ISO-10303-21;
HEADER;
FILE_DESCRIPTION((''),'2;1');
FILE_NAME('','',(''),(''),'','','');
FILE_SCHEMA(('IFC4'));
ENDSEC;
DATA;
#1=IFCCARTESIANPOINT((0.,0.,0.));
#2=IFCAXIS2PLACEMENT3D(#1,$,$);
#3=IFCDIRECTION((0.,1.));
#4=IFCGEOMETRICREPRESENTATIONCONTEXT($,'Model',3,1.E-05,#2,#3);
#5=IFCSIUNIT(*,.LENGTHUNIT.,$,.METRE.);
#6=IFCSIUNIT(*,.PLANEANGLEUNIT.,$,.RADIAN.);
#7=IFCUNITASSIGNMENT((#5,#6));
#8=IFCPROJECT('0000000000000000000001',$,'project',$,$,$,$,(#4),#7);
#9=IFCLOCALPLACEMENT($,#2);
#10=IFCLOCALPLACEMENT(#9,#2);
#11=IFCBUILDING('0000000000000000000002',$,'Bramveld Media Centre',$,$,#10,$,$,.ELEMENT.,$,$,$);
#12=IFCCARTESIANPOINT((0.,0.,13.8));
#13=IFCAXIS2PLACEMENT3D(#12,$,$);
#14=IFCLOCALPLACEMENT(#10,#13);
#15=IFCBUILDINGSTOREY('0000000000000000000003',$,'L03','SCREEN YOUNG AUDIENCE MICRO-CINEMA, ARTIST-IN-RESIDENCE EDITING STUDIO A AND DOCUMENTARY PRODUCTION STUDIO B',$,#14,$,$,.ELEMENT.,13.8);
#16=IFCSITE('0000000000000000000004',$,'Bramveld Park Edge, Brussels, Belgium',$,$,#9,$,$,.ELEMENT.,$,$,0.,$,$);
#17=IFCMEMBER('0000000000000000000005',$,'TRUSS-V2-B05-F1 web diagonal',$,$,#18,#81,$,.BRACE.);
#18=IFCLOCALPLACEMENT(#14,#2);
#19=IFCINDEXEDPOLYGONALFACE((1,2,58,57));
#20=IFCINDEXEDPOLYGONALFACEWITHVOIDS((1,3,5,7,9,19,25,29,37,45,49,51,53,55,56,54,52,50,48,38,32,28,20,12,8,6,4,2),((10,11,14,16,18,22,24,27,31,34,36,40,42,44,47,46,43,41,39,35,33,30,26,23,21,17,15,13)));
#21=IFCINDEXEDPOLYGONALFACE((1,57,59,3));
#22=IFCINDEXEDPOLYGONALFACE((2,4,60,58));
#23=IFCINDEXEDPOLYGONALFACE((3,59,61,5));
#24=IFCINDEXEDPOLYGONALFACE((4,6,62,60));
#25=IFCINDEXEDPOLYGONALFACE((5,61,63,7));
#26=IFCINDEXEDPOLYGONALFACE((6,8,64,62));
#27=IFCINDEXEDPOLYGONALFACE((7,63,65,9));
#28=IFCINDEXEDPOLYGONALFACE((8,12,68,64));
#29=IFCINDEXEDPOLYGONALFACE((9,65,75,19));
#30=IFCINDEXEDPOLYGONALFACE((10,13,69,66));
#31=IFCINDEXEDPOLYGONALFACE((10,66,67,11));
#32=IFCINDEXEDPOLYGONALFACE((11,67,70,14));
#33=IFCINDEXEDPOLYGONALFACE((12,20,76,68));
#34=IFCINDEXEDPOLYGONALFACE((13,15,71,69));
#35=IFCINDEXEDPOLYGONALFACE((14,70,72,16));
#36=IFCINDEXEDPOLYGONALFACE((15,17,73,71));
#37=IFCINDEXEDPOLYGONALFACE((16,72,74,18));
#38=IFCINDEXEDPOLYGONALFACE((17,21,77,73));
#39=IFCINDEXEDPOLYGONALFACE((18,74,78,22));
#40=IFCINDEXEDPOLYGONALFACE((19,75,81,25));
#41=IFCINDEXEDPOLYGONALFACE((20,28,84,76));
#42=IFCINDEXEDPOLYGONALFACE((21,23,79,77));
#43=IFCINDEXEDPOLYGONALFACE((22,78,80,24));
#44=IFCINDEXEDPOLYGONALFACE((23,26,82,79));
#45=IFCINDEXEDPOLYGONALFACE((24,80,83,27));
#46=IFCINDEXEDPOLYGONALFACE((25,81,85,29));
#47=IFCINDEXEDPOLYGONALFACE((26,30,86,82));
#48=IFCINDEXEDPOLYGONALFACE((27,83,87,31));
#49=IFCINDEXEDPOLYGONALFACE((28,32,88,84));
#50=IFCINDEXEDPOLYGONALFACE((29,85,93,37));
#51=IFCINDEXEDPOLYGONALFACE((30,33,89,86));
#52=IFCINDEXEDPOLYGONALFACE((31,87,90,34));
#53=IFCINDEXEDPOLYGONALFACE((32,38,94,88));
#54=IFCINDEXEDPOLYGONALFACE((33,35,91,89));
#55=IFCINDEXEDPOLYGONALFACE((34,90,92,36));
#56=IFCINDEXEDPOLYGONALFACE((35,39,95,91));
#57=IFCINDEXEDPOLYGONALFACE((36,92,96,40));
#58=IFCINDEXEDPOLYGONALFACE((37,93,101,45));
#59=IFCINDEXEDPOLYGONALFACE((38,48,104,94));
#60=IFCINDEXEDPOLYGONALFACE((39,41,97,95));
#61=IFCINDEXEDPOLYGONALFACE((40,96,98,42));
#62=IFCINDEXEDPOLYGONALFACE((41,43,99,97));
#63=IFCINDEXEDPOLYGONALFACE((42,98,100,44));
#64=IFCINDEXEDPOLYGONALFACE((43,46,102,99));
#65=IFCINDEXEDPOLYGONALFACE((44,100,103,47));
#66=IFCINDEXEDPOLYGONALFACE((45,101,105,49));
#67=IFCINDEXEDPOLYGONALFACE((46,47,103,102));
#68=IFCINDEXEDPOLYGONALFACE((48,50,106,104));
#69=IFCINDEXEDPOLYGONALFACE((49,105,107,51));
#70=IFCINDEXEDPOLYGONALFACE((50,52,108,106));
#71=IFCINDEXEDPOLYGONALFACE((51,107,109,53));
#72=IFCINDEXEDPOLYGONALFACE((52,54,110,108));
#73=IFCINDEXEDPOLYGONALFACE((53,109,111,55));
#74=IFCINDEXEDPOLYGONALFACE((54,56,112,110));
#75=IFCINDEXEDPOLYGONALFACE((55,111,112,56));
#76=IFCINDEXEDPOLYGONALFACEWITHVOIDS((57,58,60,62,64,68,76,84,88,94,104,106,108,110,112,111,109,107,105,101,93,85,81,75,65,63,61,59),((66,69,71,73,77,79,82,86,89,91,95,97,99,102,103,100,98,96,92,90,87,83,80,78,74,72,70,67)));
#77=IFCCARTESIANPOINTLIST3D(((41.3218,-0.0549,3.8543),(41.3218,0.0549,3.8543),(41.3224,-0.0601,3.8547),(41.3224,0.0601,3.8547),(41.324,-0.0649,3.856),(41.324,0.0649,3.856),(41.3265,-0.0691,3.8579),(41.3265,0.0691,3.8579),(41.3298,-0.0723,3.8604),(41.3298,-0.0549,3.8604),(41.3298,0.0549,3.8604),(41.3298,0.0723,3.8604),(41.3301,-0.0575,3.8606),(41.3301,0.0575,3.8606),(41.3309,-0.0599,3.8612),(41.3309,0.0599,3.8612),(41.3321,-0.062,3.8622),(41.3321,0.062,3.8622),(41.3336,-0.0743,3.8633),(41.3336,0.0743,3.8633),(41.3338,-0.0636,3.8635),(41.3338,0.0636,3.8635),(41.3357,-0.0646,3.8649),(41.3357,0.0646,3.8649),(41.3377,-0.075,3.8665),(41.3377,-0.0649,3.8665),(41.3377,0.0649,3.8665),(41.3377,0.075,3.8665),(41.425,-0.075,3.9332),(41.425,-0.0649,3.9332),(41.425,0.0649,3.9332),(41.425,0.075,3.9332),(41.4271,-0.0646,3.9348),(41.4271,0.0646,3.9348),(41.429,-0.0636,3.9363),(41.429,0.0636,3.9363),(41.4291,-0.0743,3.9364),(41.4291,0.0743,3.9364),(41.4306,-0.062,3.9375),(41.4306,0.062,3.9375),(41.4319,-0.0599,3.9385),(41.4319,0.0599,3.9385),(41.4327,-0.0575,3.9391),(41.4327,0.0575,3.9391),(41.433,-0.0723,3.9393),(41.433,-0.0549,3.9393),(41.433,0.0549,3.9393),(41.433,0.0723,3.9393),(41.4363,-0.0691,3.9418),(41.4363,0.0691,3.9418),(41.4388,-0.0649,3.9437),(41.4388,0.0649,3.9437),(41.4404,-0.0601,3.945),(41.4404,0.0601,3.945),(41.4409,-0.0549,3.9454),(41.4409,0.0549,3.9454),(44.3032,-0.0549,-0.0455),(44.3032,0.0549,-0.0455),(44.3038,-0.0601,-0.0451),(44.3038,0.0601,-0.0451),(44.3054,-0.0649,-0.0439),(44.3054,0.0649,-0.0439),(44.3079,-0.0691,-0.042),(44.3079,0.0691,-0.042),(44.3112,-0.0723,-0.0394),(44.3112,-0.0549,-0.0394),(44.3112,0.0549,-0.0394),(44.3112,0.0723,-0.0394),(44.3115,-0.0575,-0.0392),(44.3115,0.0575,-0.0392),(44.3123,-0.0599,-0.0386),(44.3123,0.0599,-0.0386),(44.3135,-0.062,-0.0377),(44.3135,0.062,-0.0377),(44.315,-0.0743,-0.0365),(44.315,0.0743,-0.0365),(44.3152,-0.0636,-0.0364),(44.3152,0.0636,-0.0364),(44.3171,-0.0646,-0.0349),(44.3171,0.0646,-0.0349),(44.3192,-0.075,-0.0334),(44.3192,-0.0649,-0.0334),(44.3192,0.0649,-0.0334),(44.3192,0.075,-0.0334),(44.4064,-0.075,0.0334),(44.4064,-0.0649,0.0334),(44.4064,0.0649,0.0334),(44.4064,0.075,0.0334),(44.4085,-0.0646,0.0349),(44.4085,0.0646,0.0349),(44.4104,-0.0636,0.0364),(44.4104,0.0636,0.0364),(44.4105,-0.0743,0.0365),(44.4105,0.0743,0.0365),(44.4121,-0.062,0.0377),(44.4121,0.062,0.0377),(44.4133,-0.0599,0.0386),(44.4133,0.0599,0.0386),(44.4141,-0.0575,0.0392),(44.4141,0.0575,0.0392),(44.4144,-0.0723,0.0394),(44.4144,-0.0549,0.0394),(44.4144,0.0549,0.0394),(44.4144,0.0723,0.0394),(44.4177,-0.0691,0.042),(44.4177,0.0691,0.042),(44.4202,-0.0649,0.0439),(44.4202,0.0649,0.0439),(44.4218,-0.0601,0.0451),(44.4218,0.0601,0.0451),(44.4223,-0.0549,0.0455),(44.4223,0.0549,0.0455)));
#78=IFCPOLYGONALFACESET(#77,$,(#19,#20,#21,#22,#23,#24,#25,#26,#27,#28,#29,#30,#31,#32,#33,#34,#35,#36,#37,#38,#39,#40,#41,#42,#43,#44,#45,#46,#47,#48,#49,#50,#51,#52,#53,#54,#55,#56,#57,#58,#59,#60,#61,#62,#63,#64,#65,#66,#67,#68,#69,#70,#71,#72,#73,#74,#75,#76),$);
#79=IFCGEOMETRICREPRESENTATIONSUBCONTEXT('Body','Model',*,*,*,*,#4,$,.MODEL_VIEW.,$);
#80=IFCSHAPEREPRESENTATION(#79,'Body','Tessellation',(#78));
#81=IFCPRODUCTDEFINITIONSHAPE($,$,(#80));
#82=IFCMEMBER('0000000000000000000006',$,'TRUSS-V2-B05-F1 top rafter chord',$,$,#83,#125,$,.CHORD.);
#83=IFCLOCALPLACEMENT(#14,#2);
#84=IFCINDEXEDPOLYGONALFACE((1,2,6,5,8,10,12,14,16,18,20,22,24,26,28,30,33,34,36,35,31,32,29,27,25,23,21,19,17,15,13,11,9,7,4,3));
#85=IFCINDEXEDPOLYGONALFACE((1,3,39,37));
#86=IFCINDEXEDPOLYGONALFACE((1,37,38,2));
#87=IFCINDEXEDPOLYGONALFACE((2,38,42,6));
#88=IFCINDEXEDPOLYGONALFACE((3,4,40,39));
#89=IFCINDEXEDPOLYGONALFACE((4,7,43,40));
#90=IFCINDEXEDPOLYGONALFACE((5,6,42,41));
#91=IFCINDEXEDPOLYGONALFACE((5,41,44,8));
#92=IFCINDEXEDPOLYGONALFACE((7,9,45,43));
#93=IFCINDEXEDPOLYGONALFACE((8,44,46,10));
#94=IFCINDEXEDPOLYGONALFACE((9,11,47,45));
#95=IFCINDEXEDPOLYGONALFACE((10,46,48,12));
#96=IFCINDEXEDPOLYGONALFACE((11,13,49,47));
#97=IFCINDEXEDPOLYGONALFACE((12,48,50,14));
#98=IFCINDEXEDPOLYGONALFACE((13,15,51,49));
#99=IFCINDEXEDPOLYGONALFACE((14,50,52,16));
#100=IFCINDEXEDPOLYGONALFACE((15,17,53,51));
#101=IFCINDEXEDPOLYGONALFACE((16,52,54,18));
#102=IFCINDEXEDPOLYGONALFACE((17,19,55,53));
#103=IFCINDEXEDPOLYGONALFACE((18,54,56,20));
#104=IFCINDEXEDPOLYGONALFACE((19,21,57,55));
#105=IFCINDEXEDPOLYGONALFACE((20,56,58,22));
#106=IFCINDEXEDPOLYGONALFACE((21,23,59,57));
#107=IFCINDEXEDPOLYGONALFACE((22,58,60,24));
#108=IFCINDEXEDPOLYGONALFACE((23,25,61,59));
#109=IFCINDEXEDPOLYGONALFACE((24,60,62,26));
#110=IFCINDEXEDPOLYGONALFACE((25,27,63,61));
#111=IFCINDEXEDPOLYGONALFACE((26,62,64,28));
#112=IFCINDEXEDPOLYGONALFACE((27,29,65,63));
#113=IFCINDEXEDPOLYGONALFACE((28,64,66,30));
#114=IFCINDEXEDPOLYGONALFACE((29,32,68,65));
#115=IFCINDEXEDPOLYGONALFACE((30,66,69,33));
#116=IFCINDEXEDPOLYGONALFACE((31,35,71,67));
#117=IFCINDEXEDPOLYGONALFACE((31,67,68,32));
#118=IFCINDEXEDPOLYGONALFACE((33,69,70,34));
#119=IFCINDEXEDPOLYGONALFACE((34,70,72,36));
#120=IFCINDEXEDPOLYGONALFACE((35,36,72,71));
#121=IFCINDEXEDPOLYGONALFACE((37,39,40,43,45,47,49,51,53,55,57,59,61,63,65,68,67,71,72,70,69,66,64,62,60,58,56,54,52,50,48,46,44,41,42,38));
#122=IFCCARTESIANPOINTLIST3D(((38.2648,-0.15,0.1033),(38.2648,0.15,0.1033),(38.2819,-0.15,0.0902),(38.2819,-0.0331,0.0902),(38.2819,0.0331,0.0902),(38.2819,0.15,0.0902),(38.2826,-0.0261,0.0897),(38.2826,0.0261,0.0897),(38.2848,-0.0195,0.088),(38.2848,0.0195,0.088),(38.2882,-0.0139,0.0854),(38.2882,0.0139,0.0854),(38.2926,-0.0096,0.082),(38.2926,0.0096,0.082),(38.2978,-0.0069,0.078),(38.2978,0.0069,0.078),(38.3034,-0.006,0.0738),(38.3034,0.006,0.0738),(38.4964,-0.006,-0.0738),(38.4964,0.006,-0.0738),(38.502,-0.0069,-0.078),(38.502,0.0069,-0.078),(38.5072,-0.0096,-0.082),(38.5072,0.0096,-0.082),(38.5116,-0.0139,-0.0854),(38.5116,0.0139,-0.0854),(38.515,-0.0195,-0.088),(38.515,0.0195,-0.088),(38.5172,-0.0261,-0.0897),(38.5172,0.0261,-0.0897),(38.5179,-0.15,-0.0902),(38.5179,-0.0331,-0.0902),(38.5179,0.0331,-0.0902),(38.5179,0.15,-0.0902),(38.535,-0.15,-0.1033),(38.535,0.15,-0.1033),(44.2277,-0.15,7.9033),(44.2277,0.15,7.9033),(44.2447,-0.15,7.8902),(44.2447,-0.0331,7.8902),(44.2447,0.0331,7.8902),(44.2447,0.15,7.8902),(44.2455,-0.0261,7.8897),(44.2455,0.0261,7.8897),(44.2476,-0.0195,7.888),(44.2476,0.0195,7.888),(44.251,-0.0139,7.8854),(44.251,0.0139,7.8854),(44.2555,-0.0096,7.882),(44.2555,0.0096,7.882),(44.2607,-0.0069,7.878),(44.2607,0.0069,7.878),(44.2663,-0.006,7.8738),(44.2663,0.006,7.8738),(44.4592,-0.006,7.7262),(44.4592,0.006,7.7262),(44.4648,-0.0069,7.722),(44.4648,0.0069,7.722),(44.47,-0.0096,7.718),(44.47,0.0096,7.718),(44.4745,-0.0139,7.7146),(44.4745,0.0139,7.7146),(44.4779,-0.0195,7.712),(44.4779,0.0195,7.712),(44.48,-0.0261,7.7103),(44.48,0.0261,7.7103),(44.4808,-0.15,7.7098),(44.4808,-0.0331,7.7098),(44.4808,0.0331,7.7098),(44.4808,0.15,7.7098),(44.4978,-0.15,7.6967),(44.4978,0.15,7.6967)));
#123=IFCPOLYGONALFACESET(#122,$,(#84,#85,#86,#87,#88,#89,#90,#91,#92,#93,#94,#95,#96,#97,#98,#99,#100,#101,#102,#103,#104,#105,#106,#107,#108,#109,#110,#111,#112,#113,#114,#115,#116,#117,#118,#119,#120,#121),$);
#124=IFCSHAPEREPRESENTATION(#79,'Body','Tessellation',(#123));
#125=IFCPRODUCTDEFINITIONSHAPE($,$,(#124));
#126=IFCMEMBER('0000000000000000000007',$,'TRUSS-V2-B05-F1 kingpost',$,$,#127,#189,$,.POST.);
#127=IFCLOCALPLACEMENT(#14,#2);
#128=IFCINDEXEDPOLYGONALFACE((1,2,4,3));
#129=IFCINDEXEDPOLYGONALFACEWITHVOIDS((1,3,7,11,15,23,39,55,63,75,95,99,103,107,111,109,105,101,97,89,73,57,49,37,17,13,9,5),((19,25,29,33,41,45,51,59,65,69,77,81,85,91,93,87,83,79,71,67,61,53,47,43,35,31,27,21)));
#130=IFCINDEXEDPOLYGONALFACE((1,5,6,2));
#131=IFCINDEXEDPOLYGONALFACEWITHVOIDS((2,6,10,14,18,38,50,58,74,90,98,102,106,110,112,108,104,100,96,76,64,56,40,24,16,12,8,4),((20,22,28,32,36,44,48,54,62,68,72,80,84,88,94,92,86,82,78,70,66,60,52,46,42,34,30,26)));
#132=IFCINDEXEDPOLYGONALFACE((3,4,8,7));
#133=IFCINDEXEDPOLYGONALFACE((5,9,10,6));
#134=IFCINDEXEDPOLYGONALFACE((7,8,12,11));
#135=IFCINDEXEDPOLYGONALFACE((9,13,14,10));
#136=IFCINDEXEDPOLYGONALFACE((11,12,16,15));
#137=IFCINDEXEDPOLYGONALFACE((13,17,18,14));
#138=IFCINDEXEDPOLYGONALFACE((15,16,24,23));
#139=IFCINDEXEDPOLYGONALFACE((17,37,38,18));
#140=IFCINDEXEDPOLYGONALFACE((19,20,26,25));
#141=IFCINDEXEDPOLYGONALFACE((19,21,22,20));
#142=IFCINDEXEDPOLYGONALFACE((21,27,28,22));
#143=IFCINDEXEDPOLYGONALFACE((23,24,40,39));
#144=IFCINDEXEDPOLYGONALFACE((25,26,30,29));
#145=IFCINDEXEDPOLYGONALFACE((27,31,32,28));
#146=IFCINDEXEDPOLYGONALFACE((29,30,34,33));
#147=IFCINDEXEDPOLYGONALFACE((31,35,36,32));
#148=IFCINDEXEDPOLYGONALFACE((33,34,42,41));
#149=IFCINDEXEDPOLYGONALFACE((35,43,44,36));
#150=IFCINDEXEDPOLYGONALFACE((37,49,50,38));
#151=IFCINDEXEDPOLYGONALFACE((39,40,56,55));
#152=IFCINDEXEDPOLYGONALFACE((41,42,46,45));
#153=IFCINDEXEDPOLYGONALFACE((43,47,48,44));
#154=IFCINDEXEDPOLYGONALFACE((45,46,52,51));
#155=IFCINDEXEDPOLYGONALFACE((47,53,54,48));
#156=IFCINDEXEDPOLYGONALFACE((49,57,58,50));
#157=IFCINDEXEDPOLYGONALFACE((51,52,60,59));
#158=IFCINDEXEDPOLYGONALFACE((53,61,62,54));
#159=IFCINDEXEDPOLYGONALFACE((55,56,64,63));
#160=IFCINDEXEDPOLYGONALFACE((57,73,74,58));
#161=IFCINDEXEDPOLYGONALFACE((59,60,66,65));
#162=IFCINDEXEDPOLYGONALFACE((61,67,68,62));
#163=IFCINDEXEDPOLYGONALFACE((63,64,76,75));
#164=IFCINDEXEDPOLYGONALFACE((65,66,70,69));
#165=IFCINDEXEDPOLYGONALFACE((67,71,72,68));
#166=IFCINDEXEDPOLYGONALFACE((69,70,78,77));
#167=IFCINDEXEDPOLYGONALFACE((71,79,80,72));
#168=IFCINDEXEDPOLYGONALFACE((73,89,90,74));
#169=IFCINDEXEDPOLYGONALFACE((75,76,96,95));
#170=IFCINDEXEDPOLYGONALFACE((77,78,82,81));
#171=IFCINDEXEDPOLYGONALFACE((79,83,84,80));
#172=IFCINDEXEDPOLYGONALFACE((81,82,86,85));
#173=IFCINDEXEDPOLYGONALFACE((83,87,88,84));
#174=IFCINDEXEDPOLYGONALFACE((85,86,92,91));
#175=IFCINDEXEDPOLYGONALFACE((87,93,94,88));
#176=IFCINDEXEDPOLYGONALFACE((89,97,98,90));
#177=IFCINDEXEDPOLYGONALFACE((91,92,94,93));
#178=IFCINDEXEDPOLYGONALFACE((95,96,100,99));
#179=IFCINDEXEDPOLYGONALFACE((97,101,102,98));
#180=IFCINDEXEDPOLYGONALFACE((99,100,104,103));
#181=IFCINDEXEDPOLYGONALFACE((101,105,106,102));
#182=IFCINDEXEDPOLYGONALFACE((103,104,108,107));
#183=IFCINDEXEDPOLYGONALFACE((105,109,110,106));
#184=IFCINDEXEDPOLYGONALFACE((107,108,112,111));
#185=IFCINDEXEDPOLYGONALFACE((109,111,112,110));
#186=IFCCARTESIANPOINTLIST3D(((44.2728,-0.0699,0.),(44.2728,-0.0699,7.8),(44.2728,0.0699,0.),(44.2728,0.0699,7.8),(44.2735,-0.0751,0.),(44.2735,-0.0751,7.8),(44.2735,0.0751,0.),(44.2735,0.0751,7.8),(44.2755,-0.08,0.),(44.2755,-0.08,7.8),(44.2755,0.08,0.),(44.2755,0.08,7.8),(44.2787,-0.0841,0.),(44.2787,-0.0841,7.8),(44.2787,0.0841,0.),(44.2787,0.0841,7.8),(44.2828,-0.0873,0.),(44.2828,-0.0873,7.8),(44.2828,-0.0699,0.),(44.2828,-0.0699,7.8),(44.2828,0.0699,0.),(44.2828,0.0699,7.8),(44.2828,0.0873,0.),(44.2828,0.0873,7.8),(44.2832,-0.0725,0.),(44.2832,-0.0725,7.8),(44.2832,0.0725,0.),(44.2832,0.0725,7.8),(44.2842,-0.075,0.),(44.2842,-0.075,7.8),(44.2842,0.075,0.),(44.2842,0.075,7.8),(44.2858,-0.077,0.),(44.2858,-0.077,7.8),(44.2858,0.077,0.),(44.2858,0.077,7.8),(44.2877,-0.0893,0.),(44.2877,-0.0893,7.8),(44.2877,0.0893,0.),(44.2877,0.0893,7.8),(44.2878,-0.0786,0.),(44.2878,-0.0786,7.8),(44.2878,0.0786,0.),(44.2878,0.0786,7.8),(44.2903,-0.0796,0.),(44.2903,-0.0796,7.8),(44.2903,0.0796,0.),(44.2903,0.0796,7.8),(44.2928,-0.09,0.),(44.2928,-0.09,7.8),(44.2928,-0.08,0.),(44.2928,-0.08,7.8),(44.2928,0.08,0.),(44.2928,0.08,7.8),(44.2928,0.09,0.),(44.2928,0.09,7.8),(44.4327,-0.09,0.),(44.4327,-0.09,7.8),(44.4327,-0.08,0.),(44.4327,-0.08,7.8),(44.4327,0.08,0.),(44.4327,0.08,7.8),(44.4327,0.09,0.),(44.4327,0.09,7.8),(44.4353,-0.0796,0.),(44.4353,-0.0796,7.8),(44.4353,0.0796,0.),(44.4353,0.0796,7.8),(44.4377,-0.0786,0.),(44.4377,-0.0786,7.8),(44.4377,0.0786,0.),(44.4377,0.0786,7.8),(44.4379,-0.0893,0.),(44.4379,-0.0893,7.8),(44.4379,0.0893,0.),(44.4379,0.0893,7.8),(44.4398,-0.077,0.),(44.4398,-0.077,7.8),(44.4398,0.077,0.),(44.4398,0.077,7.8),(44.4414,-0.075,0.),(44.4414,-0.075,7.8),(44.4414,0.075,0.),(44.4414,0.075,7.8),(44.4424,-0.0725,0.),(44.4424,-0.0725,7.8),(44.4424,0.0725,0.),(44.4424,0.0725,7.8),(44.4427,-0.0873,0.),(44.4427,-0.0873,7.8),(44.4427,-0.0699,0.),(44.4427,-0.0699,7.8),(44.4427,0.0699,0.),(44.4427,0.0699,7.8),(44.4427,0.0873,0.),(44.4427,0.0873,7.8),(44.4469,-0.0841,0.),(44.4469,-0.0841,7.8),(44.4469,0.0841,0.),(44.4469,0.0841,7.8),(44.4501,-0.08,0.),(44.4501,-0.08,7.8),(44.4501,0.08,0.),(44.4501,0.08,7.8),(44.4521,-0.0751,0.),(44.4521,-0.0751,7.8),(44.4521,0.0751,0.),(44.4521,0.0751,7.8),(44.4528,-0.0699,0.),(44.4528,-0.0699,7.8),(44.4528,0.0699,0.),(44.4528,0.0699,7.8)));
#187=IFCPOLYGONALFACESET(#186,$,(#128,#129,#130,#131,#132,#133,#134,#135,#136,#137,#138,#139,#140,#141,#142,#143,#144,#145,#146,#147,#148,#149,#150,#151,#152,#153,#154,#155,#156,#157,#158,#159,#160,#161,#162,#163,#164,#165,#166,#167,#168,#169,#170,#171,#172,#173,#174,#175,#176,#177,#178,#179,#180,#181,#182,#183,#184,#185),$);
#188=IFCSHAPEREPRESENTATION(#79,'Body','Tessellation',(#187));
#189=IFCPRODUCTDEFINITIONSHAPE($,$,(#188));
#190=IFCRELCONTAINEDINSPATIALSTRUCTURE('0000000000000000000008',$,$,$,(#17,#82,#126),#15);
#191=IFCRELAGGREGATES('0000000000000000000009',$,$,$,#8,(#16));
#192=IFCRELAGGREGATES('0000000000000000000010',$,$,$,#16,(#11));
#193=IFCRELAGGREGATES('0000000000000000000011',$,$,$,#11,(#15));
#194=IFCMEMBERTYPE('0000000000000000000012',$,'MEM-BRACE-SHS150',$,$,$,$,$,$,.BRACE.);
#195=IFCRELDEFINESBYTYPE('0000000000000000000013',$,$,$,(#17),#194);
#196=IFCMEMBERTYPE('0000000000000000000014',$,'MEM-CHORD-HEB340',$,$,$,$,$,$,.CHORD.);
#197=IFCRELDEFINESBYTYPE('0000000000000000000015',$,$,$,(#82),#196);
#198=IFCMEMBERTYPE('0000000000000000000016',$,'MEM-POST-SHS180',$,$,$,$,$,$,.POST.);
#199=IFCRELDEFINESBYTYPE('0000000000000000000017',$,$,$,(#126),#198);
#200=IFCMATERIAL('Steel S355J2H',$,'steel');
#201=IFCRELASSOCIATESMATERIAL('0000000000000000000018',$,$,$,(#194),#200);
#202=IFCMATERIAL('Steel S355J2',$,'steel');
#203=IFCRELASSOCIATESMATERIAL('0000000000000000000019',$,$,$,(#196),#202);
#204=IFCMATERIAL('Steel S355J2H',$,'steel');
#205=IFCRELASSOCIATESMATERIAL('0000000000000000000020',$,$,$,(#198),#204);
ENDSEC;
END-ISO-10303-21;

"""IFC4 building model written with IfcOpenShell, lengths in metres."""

from ifc_helpers import new_model, si_unit, direction, frame, origin, origin_2d, place, context, subcontext, project, spatial, hollow_rectangle, i_section, extrude, material, material_profile, profile_set, type_object, element, save


model = new_model("IFC4")

# Units and contexts
model_context = context("Model", 3, precision=1e-05, world=origin(), true_north=direction((0.0, 1.0)))
body_context = subcontext(model_context, "Body", "Model", "MODEL_VIEW")
ifc_project = project(units=[si_unit("LENGTHUNIT", "METRE"), si_unit("PLANEANGLEUNIT", "RADIAN")], contexts=[model_context])

# Site, building, storey
site_placement = place(None, origin())
site = spatial("IfcSite", under=ifc_project, at=site_placement, Name="Bramveld Park Edge, Brussels, Belgium", CompositionType="ELEMENT", RefElevation=0.0)
building_placement = place(site_placement, origin())
building = spatial("IfcBuilding", under=site, at=building_placement, Name="Bramveld Media Centre", CompositionType="ELEMENT")
storey_placement = place(building_placement, frame((0.0, 0.0, 13.8)))
storey = spatial("IfcBuildingStorey", under=building, at=storey_placement, Name="L03", Description="SCREEN YOUNG AUDIENCE MICRO-CINEMA, ARTIST-IN-RESIDENCE EDITING STUDIO A AND DOCUMENTARY PRODUCTION STUDIO B", CompositionType="ELEMENT", Elevation=13.8)

# Members
ifc_material_1 = material(Name="Steel S355J2H", Category="steel")
ifc_material_profile_1 = material_profile(ifc_material_1, hollow_rectangle(XDim=0.1499, YDim=0.1499, WallThickness=0.01, InnerFilletRadius=0.01, OuterFilletRadius=0.02, at=origin_2d()), Name="SHS 150x150x10")
ifc_profile_set_1 = profile_set([ifc_material_profile_1], Name="Steel S355J2H")
member_type_1 = type_object("IfcMemberType", Name="MEM-BRACE-SHS150", PredefinedType="BRACE", material=ifc_profile_set_1)
member_1_placement = place(storey_placement, frame((44.3628, 0.0, 0.0), z_axis=(-0.607343, 0.0, 0.79444), x_axis=(0.0, -1.0, 0.0)))
element("IfcMember", 1, at=member_1_placement, inside=storey, type_object=member_type_1, Name="TRUSS-V2-B05-F1 web diagonal", PredefinedType="BRACE", context=body_context, shape_type="SweptSolid", body=[
    extrude(hollow_rectangle(XDim=0.1499, YDim=0.1499, WallThickness=0.01, InnerFilletRadius=0.01, OuterFilletRadius=0.02, at=origin_2d()), origin(), (0.0, 0.0, 1.0), 4.9089),
])
ifc_material_2 = material(Name="Steel S355J2", Category="steel")
ifc_material_profile_2 = material_profile(ifc_material_2, i_section(OverallWidth=0.3, OverallDepth=0.3401, WebThickness=0.012, FlangeThickness=0.0215, FilletRadius=0.0271, at=origin_2d()), Name="HEB 340")
ifc_profile_set_2 = profile_set([ifc_material_profile_2], Name="Steel S355J2")
member_type_2 = type_object("IfcMemberType", Name="MEM-CHORD-HEB340", PredefinedType="CHORD", material=ifc_profile_set_2)
member_2_placement = place(storey_placement, frame((38.3999, 0.0, 0.0), z_axis=(0.607331, 0.0, 0.794449), x_axis=(0.0, 1.0, 0.0)))
element("IfcMember", 2, at=member_2_placement, inside=storey, type_object=member_type_2, Name="TRUSS-V2-B05-F1 top rafter chord", PredefinedType="CHORD", context=body_context, shape_type="SweptSolid", body=[
    extrude(i_section(OverallWidth=0.3, OverallDepth=0.3401, WebThickness=0.012, FlangeThickness=0.0215, FilletRadius=0.0271, at=origin_2d()), origin(), (0.0, 0.0, 1.0), 9.8181),
])
ifc_material_3 = material(Name="Steel S355J2H", Category="steel")
ifc_material_profile_3 = material_profile(ifc_material_3, hollow_rectangle(XDim=0.1799, YDim=0.1799, WallThickness=0.01, InnerFilletRadius=0.01, OuterFilletRadius=0.02, at=origin_2d()), Name="SHS 180x180x10")
ifc_profile_set_3 = profile_set([ifc_material_profile_3], Name="Steel S355J2H")
member_type_3 = type_object("IfcMemberType", Name="MEM-POST-SHS180", PredefinedType="POST", material=ifc_profile_set_3)
member_3_placement = place(storey_placement, frame((44.3628, 0.0, 0.0), z_axis=(0.0, 0.0, 1.0), x_axis=(1.0, 0.0, 0.0)))
element("IfcMember", 3, at=member_3_placement, inside=storey, type_object=member_type_3, Name="TRUSS-V2-B05-F1 kingpost", PredefinedType="POST", context=body_context, shape_type="SweptSolid", body=[
    extrude(hollow_rectangle(XDim=0.1799, YDim=0.1799, WallThickness=0.01, InnerFilletRadius=0.01, OuterFilletRadius=0.02, at=origin_2d()), origin(), (0.0, 0.0, 1.0), 7.8),
])

save(model, "model.ifc")
